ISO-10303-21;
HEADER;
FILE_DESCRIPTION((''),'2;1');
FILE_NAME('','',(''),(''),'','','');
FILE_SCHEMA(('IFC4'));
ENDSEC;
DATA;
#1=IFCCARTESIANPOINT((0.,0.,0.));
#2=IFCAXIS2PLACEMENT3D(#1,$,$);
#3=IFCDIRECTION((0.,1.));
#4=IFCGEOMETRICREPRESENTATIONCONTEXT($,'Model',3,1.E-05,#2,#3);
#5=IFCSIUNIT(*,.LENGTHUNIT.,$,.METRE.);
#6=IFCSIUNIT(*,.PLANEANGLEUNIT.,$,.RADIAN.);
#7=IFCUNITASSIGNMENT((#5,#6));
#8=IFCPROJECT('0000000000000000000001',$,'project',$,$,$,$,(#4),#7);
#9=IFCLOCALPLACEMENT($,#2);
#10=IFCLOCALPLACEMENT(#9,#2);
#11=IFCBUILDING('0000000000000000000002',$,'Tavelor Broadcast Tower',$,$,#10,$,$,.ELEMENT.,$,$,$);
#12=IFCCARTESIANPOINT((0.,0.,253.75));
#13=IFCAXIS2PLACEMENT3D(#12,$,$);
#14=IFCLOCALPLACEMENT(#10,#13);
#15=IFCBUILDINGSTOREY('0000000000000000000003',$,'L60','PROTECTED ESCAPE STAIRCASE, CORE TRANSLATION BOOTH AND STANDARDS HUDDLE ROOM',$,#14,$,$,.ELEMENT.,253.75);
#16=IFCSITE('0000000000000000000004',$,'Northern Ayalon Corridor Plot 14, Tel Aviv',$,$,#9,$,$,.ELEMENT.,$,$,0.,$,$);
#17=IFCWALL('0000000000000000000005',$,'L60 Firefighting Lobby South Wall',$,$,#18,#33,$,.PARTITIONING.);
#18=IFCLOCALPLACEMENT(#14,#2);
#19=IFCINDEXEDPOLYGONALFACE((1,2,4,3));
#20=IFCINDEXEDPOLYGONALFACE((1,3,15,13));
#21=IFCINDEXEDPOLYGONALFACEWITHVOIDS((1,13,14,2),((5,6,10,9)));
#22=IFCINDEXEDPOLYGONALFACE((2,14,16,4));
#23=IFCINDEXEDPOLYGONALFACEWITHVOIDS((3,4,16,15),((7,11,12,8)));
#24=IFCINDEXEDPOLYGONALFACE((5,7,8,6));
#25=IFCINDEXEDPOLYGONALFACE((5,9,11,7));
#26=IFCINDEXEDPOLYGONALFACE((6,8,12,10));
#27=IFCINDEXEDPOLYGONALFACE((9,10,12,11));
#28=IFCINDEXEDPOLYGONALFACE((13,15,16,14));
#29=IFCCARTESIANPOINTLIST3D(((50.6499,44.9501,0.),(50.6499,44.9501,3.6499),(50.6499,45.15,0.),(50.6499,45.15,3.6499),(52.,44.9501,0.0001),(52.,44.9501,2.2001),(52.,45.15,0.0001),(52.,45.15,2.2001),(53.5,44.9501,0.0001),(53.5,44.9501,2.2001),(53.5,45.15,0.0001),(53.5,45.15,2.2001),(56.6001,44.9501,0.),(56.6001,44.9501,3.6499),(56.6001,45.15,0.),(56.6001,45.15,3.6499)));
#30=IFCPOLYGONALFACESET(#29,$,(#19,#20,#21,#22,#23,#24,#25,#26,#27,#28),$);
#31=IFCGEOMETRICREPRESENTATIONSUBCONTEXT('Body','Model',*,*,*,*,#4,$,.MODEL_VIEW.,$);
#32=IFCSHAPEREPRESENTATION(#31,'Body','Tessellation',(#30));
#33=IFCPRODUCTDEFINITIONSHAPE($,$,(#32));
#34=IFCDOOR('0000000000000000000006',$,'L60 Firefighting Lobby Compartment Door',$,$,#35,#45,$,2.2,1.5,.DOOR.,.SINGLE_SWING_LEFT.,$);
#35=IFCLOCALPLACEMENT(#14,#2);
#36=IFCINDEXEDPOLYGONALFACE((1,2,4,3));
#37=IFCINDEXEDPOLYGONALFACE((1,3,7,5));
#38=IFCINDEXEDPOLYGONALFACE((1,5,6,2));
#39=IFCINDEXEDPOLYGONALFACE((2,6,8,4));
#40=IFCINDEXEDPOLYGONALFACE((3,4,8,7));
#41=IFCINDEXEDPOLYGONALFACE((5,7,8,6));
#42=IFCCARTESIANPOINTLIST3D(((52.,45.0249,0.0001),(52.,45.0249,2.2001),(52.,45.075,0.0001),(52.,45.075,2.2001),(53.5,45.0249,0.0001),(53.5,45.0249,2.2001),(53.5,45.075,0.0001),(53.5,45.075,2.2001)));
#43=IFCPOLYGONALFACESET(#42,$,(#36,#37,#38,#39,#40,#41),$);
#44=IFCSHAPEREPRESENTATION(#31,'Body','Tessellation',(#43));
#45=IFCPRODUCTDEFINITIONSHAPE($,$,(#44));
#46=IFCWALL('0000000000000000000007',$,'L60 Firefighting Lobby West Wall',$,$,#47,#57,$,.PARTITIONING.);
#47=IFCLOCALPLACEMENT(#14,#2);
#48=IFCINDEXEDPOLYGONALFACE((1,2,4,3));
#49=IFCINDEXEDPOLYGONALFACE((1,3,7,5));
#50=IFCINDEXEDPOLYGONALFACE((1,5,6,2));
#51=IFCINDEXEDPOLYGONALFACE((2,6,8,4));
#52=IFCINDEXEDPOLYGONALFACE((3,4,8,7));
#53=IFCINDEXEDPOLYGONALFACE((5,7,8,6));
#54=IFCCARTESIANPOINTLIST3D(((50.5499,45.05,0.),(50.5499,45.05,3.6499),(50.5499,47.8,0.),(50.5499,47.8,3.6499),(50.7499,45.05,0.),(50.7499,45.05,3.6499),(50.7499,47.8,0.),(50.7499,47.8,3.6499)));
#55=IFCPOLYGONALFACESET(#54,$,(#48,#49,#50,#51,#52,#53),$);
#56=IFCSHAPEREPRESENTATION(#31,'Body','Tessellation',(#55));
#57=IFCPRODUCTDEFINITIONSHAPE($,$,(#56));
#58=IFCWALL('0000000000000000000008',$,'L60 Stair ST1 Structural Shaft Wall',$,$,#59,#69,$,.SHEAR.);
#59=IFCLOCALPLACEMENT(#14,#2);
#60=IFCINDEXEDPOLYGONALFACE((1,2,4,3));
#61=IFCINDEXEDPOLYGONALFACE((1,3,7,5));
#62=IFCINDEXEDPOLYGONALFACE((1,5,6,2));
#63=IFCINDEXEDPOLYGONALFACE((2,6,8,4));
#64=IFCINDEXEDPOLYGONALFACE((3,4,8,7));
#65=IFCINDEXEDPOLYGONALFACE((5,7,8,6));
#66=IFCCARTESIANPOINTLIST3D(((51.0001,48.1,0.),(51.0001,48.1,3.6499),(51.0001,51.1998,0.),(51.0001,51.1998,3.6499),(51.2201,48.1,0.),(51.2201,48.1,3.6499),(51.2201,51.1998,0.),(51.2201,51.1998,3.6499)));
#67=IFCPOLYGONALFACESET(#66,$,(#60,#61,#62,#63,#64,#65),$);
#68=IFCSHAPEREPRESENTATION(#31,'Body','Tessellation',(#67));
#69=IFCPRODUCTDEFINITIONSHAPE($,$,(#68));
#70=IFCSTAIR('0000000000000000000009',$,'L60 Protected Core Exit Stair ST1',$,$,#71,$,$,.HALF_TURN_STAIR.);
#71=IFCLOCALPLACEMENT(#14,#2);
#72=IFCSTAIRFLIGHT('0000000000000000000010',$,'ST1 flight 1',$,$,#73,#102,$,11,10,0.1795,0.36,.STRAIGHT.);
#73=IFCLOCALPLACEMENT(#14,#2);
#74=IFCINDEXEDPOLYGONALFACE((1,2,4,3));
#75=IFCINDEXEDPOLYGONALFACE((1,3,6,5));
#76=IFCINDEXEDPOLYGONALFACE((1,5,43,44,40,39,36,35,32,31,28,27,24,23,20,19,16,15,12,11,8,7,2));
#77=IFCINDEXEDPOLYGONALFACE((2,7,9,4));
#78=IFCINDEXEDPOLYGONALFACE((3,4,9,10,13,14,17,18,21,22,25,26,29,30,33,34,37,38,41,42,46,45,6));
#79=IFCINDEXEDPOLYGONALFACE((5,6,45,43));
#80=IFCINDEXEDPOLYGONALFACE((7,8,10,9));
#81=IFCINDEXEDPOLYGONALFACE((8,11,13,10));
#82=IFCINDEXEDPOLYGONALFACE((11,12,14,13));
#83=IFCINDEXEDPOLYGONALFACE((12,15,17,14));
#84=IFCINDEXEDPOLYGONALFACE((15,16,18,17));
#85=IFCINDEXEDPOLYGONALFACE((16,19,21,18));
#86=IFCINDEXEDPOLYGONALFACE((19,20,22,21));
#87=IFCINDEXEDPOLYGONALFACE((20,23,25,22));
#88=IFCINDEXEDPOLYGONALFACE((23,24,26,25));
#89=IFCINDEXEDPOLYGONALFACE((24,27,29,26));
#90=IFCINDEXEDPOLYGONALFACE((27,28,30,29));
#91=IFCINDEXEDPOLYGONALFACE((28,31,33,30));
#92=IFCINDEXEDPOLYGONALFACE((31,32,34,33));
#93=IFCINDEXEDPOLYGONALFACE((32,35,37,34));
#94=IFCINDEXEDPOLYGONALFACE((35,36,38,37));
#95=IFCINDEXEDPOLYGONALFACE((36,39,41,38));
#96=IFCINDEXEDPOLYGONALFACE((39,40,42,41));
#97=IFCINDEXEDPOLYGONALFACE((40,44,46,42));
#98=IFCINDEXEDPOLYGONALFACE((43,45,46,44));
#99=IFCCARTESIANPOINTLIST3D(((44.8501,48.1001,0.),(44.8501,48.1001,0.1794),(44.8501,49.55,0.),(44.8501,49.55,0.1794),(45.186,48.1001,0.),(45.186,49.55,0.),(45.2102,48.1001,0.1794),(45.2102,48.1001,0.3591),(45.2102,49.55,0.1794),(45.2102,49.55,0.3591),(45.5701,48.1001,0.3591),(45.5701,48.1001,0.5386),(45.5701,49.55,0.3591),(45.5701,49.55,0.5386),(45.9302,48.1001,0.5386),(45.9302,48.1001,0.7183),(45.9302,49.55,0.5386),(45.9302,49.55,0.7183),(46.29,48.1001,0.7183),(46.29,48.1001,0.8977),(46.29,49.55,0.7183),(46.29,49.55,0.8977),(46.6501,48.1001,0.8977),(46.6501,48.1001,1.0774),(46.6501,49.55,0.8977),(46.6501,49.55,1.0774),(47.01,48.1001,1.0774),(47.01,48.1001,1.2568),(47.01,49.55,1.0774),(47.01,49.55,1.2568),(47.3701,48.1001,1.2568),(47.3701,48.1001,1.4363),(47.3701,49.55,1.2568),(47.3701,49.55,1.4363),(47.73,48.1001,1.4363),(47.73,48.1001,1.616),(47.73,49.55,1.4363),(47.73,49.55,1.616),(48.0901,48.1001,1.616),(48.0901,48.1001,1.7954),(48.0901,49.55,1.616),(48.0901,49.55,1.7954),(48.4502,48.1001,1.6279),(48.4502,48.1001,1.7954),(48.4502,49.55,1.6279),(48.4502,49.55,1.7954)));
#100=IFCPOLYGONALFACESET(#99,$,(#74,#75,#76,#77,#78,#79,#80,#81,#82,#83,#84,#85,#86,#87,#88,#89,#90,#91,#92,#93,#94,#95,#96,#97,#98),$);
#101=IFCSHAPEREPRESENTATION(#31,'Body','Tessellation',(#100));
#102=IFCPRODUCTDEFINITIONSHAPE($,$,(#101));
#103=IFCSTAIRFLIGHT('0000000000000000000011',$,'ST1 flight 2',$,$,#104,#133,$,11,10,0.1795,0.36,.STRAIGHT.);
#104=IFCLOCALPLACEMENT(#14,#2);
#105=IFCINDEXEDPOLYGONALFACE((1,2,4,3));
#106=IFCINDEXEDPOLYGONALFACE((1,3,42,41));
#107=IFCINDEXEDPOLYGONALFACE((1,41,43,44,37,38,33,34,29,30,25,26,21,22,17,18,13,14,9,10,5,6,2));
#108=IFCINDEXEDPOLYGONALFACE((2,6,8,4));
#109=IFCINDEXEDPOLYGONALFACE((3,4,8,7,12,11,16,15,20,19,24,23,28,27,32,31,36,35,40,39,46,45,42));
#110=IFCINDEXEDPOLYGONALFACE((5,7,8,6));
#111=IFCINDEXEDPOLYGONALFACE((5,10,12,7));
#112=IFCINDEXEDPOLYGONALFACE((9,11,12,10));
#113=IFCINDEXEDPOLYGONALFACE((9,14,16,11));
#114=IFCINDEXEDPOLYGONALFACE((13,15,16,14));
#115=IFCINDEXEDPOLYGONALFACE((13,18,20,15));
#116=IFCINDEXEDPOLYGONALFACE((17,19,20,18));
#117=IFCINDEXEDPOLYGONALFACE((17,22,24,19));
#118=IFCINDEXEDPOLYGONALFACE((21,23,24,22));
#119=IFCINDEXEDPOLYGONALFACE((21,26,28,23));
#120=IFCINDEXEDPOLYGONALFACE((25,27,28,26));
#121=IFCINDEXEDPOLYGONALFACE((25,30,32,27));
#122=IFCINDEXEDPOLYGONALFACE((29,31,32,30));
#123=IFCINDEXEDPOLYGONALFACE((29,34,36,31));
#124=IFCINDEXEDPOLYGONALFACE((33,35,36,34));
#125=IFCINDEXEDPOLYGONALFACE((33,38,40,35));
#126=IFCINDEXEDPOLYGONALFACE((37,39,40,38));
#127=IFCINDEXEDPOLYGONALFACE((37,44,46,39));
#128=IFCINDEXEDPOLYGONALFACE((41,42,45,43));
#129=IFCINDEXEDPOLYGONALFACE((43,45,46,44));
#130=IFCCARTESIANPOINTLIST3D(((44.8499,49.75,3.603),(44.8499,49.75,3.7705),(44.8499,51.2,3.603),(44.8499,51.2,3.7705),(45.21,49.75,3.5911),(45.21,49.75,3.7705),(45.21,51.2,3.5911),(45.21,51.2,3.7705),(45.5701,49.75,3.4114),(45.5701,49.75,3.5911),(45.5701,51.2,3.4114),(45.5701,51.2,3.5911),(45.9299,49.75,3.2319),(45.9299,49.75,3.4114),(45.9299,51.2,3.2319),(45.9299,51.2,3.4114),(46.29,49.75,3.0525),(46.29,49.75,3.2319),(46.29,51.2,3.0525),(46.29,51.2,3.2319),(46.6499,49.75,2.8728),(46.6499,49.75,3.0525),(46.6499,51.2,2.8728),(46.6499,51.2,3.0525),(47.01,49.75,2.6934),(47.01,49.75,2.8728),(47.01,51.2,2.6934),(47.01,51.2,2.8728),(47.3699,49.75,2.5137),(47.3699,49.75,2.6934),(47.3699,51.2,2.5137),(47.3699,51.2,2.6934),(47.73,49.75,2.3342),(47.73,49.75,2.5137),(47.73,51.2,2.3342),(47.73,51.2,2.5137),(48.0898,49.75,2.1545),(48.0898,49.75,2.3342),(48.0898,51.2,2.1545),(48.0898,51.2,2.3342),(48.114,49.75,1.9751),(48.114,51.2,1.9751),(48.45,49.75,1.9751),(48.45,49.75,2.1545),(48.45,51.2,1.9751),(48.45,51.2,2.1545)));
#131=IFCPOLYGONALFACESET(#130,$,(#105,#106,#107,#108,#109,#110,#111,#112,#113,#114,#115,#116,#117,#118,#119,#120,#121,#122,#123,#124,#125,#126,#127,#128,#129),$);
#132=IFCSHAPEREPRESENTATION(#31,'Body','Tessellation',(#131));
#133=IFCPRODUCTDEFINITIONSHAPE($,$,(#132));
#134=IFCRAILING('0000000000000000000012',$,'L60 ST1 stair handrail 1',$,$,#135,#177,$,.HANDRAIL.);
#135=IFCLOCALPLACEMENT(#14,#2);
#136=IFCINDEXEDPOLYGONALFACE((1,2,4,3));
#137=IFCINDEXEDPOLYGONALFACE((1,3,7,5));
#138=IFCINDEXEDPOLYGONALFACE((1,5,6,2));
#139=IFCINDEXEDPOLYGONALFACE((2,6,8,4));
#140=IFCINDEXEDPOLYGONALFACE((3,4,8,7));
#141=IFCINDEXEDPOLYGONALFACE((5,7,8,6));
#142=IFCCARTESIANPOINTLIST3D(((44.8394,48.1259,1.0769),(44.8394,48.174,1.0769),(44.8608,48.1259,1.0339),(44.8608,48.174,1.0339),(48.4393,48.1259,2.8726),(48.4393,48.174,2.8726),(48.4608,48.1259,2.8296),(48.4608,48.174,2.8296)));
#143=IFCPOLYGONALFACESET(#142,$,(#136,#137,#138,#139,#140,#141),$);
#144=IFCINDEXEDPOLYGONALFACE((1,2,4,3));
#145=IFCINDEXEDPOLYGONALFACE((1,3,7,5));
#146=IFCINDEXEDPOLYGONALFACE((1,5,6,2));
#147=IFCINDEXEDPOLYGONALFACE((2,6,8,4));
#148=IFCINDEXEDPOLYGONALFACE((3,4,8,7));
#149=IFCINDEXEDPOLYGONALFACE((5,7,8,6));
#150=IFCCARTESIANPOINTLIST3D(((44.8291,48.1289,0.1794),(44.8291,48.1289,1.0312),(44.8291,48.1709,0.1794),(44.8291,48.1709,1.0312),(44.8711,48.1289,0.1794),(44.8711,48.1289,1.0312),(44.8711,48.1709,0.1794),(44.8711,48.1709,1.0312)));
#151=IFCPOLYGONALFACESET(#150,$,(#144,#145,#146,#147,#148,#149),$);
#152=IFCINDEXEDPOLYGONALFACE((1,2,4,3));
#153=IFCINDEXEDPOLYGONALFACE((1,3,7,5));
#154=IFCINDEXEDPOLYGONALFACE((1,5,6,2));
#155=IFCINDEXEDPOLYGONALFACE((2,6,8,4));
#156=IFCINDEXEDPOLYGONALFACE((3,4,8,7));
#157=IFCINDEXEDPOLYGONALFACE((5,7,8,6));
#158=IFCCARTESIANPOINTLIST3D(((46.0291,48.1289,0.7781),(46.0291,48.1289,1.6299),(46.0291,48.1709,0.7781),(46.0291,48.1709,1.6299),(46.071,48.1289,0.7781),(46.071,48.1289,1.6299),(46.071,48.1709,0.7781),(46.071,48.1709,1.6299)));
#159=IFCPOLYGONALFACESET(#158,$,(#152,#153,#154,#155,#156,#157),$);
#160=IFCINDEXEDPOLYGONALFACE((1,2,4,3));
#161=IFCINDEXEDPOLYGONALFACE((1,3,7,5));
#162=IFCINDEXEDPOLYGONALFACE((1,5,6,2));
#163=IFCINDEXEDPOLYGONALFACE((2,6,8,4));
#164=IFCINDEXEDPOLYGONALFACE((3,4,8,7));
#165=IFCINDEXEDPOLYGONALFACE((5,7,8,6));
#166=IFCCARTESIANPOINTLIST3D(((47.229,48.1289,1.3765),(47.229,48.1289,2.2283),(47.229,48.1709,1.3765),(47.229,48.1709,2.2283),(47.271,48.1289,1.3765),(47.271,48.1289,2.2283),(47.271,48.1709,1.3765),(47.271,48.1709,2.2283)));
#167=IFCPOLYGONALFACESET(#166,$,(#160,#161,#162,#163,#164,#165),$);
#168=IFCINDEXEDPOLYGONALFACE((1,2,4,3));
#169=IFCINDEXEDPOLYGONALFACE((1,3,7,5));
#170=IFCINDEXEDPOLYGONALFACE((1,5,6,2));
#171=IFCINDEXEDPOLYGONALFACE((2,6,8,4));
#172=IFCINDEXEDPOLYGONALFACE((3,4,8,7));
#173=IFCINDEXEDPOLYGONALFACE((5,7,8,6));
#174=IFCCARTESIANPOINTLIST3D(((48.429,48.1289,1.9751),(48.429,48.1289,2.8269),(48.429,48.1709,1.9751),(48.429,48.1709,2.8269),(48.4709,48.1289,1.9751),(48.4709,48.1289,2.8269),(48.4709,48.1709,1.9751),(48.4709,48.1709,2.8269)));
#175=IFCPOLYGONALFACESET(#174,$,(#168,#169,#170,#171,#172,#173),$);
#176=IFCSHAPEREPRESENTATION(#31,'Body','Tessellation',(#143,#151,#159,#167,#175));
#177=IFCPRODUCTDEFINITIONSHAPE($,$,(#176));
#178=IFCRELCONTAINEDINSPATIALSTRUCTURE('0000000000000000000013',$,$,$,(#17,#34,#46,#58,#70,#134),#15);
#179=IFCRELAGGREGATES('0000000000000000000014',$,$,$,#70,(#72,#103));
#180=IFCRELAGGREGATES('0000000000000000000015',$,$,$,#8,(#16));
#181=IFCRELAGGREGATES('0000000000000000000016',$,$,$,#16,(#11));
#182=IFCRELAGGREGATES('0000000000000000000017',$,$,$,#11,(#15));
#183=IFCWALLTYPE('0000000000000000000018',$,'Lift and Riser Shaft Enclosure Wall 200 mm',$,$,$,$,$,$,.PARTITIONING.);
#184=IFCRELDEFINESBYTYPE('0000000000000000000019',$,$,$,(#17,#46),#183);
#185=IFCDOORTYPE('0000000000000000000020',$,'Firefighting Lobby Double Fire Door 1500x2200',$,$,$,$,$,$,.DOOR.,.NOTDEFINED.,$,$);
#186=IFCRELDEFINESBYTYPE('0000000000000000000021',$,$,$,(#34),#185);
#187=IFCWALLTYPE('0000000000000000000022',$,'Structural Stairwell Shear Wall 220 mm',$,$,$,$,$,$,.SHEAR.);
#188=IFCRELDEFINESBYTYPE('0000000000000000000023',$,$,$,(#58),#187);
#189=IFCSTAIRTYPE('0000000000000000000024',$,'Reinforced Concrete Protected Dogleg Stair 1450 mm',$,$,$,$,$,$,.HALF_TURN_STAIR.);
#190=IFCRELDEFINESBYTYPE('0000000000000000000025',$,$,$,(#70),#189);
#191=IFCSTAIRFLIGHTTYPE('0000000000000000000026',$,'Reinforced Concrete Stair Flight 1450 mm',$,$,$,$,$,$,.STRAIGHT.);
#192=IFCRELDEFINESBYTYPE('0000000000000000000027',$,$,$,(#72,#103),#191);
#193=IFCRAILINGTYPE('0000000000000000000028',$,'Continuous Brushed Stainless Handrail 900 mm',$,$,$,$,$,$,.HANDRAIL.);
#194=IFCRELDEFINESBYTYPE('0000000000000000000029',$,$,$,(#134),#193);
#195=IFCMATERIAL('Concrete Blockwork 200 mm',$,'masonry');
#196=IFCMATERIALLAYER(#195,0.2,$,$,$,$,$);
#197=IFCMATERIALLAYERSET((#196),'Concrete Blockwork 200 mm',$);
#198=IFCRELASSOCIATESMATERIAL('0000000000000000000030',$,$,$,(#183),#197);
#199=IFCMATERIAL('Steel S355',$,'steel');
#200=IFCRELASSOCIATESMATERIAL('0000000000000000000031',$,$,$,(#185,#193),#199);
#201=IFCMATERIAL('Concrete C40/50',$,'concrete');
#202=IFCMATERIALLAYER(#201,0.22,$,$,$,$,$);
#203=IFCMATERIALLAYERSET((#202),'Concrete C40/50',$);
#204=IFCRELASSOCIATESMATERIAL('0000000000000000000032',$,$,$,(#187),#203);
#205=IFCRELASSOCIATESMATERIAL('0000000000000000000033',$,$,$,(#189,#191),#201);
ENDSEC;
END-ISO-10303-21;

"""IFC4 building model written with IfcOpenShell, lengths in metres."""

from ifc_helpers import new_model, si_unit, direction, frame, frame_2d, origin, origin_2d, place, context, subcontext, project, spatial, polyline, rectangle, outline, extrude, material, layer, layer_set, type_object, element, fill, aggregate, save


model = new_model("IFC4")

# Units and contexts
model_context = context("Model", 3, precision=1e-05, world=origin(), true_north=direction((0.0, 1.0)))
body_context = subcontext(model_context, "Body", "Model", "MODEL_VIEW")
ifc_project = project(units=[si_unit("LENGTHUNIT", "METRE"), si_unit("PLANEANGLEUNIT", "RADIAN")], contexts=[model_context])

# Site, building, storey
site_placement = place(None, origin())
site = spatial("IfcSite", under=ifc_project, at=site_placement, Name="Northern Ayalon Corridor Plot 14, Tel Aviv", CompositionType="ELEMENT", RefElevation=0.0)
building_placement = place(site_placement, origin())
building = spatial("IfcBuilding", under=site, at=building_placement, Name="Tavelor Broadcast Tower", CompositionType="ELEMENT")
storey_placement = place(building_placement, frame((0.0, 0.0, 253.75)))
storey = spatial("IfcBuildingStorey", under=building, at=storey_placement, Name="L60", Description="PROTECTED ESCAPE STAIRCASE, CORE TRANSLATION BOOTH AND STANDARDS HUDDLE ROOM", CompositionType="ELEMENT", Elevation=253.75)

# Shared definitions
ifc_material_1 = material(Name="Concrete C40/50", Category="concrete")
ifc_material_2 = material(Name="Steel S355", Category="steel")

# Shared definitions
ifc_material_3 = material(Name="Concrete Blockwork 200 mm", Category="masonry")
ifc_layer_1 = layer(ifc_material_3, 0.2)
ifc_layer_set_1 = layer_set([ifc_layer_1], Name="Concrete Blockwork 200 mm")
wall_type_1 = type_object("IfcWallType", Name="Lift and Riser Shaft Enclosure Wall 200 mm", PredefinedType="PARTITIONING", material=ifc_layer_set_1)

# Wall, opening, door
wall_1_placement = place(storey_placement, frame((50.6499, 45.05, 0.0), z_axis=(0.0, 0.0, 1.0), x_axis=(1.0, 0.0, 0.0)))
wall_1 = element("IfcWall", 1, at=wall_1_placement, inside=storey, type_object=wall_type_1, Name="L60 Firefighting Lobby South Wall", PredefinedType="PARTITIONING", context=body_context, shape_type="SweptSolid", body=[
    extrude(rectangle(XDim=5.9502, YDim=0.2, at=frame_2d((2.9751, 0.0))), origin(), (0.0, 0.0, 1.0), 3.6499),
])
opening_placement = place(wall_1_placement, frame((1.3501, 0.0, 0.0)))
opening = element("IfcOpeningElement", 2, at=opening_placement, cuts=wall_1, PredefinedType="OPENING", context=body_context, shape_type="SweptSolid", body=[
    extrude(rectangle(XDim=1.5, YDim=2.2, at=frame_2d((0.75, 1.1001))), frame((0.0, 0.1099, 0.0), z_axis=(0.0, -1.0, 0.0), x_axis=(1.0, 0.0, 0.0)), (0.0, 0.0, 1.0), 0.22),
])
door_type = type_object("IfcDoorType", Name="Firefighting Lobby Double Fire Door 1500x2200", OperationType="NOTDEFINED", PredefinedType="DOOR", material=ifc_material_2)
door_placement = place(opening_placement, origin())
door = element("IfcDoor", 3, at=door_placement, inside=storey, type_object=door_type, Name="L60 Firefighting Lobby Compartment Door", OperationType="SINGLE_SWING_LEFT", OverallHeight=2.2, OverallWidth=1.5, PredefinedType="DOOR", context=body_context, shape_type="SweptSolid", body=[
    extrude(rectangle(XDim=1.5, YDim=2.2, at=frame_2d((0.75, 1.1001))), frame((0.0, 0.0249, 0.0), z_axis=(0.0, -1.0, 0.0), x_axis=(1.0, 0.0, 0.0)), (0.0, 0.0, 1.0), 0.05),
])
fill(opening, door)

# Walls
wall_2_placement = place(storey_placement, frame((50.6499, 45.05, 0.0), z_axis=(0.0, 0.0, 1.0), x_axis=(0.0, 1.0, 0.0)))
element("IfcWall", 4, at=wall_2_placement, inside=storey, type_object=wall_type_1, Name="L60 Firefighting Lobby West Wall", PredefinedType="PARTITIONING", context=body_context, shape_type="SweptSolid", body=[
    extrude(rectangle(XDim=2.75, YDim=0.2, at=frame_2d((1.375, 0.0))), origin(), (0.0, 0.0, 1.0), 3.6499),
])
ifc_layer_2 = layer(ifc_material_1, 0.22)
ifc_layer_set_2 = layer_set([ifc_layer_2], Name="Concrete C40/50")
wall_type_2 = type_object("IfcWallType", Name="Structural Stairwell Shear Wall 220 mm", PredefinedType="SHEAR", material=ifc_layer_set_2)
wall_3_placement = place(storey_placement, frame((51.1101, 48.1001, 0.0), z_axis=(0.0, 0.0, 1.0), x_axis=(0.0, 1.0, 0.0)))
element("IfcWall", 5, at=wall_3_placement, inside=storey, type_object=wall_type_2, Name="L60 Stair ST1 Structural Shaft Wall", PredefinedType="SHEAR", context=body_context, shape_type="SweptSolid", body=[
    extrude(rectangle(XDim=3.0999, YDim=0.22, at=frame_2d((1.5498, 0.0))), origin(), (0.0, 0.0, 1.0), 3.6499),
])

# Stair, stair flights
stair_type = type_object("IfcStairType", Name="Reinforced Concrete Protected Dogleg Stair 1450 mm", PredefinedType="HALF_TURN_STAIR", material=ifc_material_1)
stair_placement = place(storey_placement, origin())
stair = element("IfcStair", 6, at=stair_placement, inside=storey, type_object=stair_type, Name="L60 Protected Core Exit Stair ST1", PredefinedType="HALF_TURN_STAIR")
stair_flight_type = type_object("IfcStairFlightType", Name="Reinforced Concrete Stair Flight 1450 mm", PredefinedType="STRAIGHT", material=ifc_material_1)
stair_flight_1_placement = place(storey_placement, frame((44.8501, 48.825, 0.0), z_axis=(0.0, 0.0, 1.0), x_axis=(1.0, 0.0, 0.0)))
stair_flight_1 = element("IfcStairFlight", 7, at=stair_flight_1_placement, type_object=stair_flight_type, Name="ST1 flight 1", NumberOfRisers=11, NumberOfTreads=10, PredefinedType="STRAIGHT", RiserHeight=0.1795, TreadLength=0.36, context=body_context, shape_type="SweptSolid", body=[
    extrude(outline(polyline([(0.0, 0.0), (0.0, 0.1794), (0.3601, 0.1794), (0.3601, 0.3591), (0.72, 0.3591), (0.72, 0.5386), (1.0801, 0.5386), (1.0801, 0.7183), (1.4399, 0.7183), (1.4399, 0.8977), (1.8, 0.8977), (1.8, 1.0774), (2.1599, 1.0774), (2.1599, 1.2568), (2.52, 1.2568), (2.52, 1.4363), (2.8799, 1.4363), (2.8799, 1.616), (3.24, 1.616), (3.24, 1.7954), (3.6001, 1.7954), (3.6001, 1.9751), (3.6001, 1.6279), (0.3359, 0.0), (0.0, 0.0)])), frame((0.0, 0.7251, 0.0), z_axis=(0.0, -1.0, 0.0), x_axis=(1.0, 0.0, 0.0)), (0.0, 0.0, 1.0), 1.45),
])
stair_flight_2_placement = place(storey_placement, frame((48.45, 50.4751, 1.9751), z_axis=(0.0, 0.0, 1.0), x_axis=(-1.0, 0.0, 0.0)))
stair_flight_2 = element("IfcStairFlight", 8, at=stair_flight_2_placement, type_object=stair_flight_type, Name="ST1 flight 2", NumberOfRisers=11, NumberOfTreads=10, PredefinedType="STRAIGHT", RiserHeight=0.1795, TreadLength=0.36, context=body_context, shape_type="SweptSolid", body=[
    extrude(outline(polyline([(0.0, 0.0), (0.0, 0.1794), (0.3601, 0.1794), (0.3601, 0.3591), (0.72, 0.3591), (0.72, 0.5386), (1.0801, 0.5386), (1.0801, 0.7183), (1.4399, 0.7183), (1.4399, 0.8977), (1.8, 0.8977), (1.8, 1.0774), (2.1599, 1.0774), (2.1599, 1.2568), (2.52, 1.2568), (2.52, 1.4363), (2.8799, 1.4363), (2.8799, 1.616), (3.24, 1.616), (3.24, 1.7954), (3.6001, 1.7954), (3.6001, 1.9751), (3.6001, 1.6279), (0.3359, 0.0), (0.0, 0.0)])), frame((0.0, 0.7251, 0.0), z_axis=(0.0, -1.0, 0.0), x_axis=(1.0, 0.0, 0.0)), (0.0, 0.0, 1.0), 1.45),
])
aggregate(stair, [stair_flight_1, stair_flight_2])

# Railing
railing_type_1 = type_object("IfcRailingType", Name="Continuous Brushed Stainless Handrail 900 mm", PredefinedType="HANDRAIL", material=ifc_material_2)
railing_1_placement = place(storey_placement, frame((44.8501, 48.1499, 0.1794)))
element("IfcRailing", 9, at=railing_1_placement, inside=storey, type_object=railing_type_1, Name="L60 ST1 stair handrail 1", PredefinedType="HANDRAIL", context=body_context, shape_type="SweptSolid", body=[
    extrude(rectangle(XDim=0.0481, YDim=0.0481, at=origin_2d()), frame((0.0, 0.0, 0.876), z_axis=(0.894852, 0.0, 0.446364), x_axis=(0.0, 1.0, 0.0)), (0.0, 0.0, 1.0), 4.0229),
    extrude(rectangle(XDim=0.042, YDim=0.042, at=origin_2d()), origin(), (0.0, 0.0, 1.0), 0.8518),
    extrude(rectangle(XDim=0.042, YDim=0.042, at=origin_2d()), frame((1.2, 0.0, 0.5986)), (0.0, 0.0, 1.0), 0.8518),
    extrude(rectangle(XDim=0.042, YDim=0.042, at=origin_2d()), frame((2.3999, 0.0, 1.197)), (0.0, 0.0, 1.0), 0.8518),
    extrude(rectangle(XDim=0.042, YDim=0.042, at=origin_2d()), frame((3.5999, 0.0, 1.7957)), (0.0, 0.0, 1.0), 0.8518),
])

save(model, "model.ifc")
